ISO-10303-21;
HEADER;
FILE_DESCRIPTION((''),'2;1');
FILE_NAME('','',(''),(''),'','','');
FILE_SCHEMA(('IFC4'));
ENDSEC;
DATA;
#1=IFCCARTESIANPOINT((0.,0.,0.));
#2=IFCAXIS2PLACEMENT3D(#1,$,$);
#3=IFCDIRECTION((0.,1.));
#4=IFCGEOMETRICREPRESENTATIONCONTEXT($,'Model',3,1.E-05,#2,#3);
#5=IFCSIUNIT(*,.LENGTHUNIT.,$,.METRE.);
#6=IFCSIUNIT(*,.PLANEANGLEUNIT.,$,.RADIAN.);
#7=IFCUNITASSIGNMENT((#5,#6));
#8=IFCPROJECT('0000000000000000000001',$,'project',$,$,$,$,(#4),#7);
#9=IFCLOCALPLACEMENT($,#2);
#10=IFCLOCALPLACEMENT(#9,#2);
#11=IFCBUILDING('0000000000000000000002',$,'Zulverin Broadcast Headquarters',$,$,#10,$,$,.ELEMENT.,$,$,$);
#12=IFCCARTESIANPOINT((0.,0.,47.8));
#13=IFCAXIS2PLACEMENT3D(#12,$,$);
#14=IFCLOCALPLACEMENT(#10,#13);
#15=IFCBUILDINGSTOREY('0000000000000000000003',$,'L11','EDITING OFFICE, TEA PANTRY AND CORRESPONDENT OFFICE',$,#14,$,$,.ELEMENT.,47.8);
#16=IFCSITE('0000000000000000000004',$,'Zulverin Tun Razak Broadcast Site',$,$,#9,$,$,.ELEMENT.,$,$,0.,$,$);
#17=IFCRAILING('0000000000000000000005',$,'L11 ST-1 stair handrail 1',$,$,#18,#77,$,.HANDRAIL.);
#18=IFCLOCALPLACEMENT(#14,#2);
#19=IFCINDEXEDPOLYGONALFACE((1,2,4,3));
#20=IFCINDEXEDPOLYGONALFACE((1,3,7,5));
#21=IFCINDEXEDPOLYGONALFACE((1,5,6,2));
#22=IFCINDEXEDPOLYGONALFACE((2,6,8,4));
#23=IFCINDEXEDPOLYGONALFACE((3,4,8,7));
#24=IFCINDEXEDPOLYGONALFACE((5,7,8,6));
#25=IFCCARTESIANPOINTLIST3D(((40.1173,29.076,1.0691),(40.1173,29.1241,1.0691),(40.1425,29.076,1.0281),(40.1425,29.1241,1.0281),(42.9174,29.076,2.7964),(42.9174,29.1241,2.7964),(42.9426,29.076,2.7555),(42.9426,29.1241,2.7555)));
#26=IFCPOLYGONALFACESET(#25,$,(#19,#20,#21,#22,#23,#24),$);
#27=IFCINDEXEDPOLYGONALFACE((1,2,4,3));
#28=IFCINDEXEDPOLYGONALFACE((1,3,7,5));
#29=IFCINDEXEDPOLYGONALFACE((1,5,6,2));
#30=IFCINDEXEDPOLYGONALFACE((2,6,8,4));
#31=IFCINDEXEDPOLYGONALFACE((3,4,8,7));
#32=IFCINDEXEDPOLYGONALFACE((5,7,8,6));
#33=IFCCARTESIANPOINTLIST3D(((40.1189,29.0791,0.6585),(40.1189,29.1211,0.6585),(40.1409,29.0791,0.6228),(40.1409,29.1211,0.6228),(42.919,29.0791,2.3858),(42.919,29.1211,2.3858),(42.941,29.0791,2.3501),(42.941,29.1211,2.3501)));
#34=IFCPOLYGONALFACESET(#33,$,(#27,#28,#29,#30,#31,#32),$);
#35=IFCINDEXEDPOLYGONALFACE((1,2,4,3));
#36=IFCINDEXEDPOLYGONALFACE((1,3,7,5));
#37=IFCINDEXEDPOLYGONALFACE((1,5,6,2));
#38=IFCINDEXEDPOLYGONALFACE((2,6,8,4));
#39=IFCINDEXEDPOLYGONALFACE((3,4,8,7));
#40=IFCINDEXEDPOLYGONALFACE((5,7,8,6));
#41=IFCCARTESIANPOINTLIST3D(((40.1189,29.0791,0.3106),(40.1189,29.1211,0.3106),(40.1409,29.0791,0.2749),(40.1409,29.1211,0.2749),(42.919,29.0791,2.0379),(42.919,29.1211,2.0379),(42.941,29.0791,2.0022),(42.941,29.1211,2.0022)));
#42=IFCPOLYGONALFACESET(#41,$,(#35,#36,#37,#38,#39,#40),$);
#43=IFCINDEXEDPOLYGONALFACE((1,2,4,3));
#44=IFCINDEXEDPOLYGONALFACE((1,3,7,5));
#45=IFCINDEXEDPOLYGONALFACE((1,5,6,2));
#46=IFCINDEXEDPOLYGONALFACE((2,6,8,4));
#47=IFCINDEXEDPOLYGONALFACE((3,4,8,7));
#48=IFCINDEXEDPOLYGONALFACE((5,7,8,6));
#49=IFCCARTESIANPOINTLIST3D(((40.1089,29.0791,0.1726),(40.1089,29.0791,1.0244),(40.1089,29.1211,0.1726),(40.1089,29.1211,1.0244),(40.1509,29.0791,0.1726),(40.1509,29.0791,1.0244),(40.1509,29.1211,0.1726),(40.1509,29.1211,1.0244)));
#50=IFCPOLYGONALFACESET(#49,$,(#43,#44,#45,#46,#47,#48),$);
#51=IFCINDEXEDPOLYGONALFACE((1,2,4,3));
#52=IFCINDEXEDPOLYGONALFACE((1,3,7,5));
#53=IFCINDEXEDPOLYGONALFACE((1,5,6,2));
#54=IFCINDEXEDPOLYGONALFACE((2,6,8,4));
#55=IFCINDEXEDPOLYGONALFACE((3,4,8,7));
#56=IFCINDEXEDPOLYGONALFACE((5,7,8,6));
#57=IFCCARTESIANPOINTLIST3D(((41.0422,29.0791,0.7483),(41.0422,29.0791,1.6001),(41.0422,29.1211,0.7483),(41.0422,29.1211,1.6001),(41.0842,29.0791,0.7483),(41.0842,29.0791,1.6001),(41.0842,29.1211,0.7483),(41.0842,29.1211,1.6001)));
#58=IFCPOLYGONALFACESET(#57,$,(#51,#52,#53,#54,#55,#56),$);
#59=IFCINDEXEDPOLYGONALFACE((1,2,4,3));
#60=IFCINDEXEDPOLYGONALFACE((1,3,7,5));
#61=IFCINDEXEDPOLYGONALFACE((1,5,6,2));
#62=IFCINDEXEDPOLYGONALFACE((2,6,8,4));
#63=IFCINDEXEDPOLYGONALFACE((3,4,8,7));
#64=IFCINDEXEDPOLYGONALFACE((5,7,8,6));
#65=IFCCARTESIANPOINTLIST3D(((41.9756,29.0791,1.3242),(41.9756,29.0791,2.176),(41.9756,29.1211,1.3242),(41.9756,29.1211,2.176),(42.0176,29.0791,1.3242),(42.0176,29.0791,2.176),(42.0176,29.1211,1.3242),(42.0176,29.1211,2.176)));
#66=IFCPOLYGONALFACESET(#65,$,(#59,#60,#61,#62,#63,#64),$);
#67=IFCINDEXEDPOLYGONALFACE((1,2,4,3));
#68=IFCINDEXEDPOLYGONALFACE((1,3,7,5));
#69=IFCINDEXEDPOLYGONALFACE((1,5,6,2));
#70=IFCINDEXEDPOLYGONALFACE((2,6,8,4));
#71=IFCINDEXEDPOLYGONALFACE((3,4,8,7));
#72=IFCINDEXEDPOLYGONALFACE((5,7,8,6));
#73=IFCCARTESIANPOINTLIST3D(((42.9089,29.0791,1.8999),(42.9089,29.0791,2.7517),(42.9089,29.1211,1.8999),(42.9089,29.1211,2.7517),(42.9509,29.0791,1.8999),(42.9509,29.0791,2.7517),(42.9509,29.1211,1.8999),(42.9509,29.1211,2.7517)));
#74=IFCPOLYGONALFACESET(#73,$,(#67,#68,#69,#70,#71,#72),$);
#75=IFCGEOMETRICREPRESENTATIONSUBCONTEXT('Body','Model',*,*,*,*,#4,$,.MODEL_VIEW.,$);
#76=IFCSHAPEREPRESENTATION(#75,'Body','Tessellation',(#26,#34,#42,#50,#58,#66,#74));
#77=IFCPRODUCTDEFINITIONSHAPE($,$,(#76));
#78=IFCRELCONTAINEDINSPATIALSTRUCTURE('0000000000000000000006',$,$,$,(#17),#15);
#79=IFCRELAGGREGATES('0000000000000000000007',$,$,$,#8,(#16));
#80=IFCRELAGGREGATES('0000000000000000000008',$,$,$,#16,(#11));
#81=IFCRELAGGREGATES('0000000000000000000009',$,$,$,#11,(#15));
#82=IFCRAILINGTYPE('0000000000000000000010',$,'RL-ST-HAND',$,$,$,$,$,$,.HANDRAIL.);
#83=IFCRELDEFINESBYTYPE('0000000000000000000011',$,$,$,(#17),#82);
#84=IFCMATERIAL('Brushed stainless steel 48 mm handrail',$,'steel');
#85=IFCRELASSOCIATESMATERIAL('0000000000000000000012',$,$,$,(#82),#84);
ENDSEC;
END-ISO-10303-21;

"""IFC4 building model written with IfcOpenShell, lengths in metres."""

from ifc_helpers import new_model, si_unit, direction, frame, origin, origin_2d, place, context, subcontext, project, spatial, rectangle, extrude, material, type_object, element, save


model = new_model("IFC4")

# Units and contexts
model_context = context("Model", 3, precision=1e-05, world=origin(), true_north=direction((0.0, 1.0)))
body_context = subcontext(model_context, "Body", "Model", "MODEL_VIEW")
ifc_project = project(units=[si_unit("LENGTHUNIT", "METRE"), si_unit("PLANEANGLEUNIT", "RADIAN")], contexts=[model_context])

# Site, building, storey
site_placement = place(None, origin())
site = spatial("IfcSite", under=ifc_project, at=site_placement, Name="Zulverin Tun Razak Broadcast Site", CompositionType="ELEMENT", RefElevation=0.0)
building_placement = place(site_placement, origin())
building = spatial("IfcBuilding", under=site, at=building_placement, Name="Zulverin Broadcast Headquarters", CompositionType="ELEMENT")
storey_placement = place(building_placement, frame((0.0, 0.0, 47.8)))
storey = spatial("IfcBuildingStorey", under=building, at=storey_placement, Name="L11", Description="EDITING OFFICE, TEA PANTRY AND CORRESPONDENT OFFICE", CompositionType="ELEMENT", Elevation=47.8)

# Railing
ifc_material_1 = material(Name="Brushed stainless steel 48 mm handrail", Category="steel")
railing_type = type_object("IfcRailingType", Name="RL-ST-HAND", PredefinedType="HANDRAIL", material=ifc_material_1)
railing_placement = place(storey_placement, frame((40.1299, 29.1001, 0.1726)))
element("IfcRailing", 1, at=railing_placement, inside=storey, type_object=railing_type, Name="L11 ST-1 stair handrail 1", PredefinedType="HANDRAIL", context=body_context, shape_type="SweptSolid", body=[
    extrude(rectangle(XDim=0.0481, YDim=0.0481, at=origin_2d()), frame((0.0, 0.0, 0.876), z_axis=(0.85109, 0.0, 0.52502), x_axis=(0.0, 1.0, 0.0)), (0.0, 0.0, 1.0), 3.29),
    extrude(rectangle(XDim=0.042, YDim=0.042, at=origin_2d()), frame((0.0, 0.0, 0.468), z_axis=(0.85109, 0.0, 0.52502), x_axis=(0.0, 1.0, 0.0)), (0.0, 0.0, 1.0), 3.29),
    extrude(rectangle(XDim=0.042, YDim=0.042, at=origin_2d()), frame((0.0, 0.0, 0.1201), z_axis=(0.85109, 0.0, 0.52502), x_axis=(0.0, 1.0, 0.0)), (0.0, 0.0, 1.0), 3.29),
    extrude(rectangle(XDim=0.042, YDim=0.042, at=origin_2d()), origin(), (0.0, 0.0, 1.0), 0.8518),
    extrude(rectangle(XDim=0.042, YDim=0.042, at=origin_2d()), frame((0.9333, 0.0, 0.5757)), (0.0, 0.0, 1.0), 0.8518),
    extrude(rectangle(XDim=0.042, YDim=0.042, at=origin_2d()), frame((1.8667, 0.0, 1.1516)), (0.0, 0.0, 1.0), 0.8518),
    extrude(rectangle(XDim=0.042, YDim=0.042, at=origin_2d()), frame((2.8, 0.0, 1.7273)), (0.0, 0.0, 1.0), 0.8518),
])

save(model, "model.ifc")
